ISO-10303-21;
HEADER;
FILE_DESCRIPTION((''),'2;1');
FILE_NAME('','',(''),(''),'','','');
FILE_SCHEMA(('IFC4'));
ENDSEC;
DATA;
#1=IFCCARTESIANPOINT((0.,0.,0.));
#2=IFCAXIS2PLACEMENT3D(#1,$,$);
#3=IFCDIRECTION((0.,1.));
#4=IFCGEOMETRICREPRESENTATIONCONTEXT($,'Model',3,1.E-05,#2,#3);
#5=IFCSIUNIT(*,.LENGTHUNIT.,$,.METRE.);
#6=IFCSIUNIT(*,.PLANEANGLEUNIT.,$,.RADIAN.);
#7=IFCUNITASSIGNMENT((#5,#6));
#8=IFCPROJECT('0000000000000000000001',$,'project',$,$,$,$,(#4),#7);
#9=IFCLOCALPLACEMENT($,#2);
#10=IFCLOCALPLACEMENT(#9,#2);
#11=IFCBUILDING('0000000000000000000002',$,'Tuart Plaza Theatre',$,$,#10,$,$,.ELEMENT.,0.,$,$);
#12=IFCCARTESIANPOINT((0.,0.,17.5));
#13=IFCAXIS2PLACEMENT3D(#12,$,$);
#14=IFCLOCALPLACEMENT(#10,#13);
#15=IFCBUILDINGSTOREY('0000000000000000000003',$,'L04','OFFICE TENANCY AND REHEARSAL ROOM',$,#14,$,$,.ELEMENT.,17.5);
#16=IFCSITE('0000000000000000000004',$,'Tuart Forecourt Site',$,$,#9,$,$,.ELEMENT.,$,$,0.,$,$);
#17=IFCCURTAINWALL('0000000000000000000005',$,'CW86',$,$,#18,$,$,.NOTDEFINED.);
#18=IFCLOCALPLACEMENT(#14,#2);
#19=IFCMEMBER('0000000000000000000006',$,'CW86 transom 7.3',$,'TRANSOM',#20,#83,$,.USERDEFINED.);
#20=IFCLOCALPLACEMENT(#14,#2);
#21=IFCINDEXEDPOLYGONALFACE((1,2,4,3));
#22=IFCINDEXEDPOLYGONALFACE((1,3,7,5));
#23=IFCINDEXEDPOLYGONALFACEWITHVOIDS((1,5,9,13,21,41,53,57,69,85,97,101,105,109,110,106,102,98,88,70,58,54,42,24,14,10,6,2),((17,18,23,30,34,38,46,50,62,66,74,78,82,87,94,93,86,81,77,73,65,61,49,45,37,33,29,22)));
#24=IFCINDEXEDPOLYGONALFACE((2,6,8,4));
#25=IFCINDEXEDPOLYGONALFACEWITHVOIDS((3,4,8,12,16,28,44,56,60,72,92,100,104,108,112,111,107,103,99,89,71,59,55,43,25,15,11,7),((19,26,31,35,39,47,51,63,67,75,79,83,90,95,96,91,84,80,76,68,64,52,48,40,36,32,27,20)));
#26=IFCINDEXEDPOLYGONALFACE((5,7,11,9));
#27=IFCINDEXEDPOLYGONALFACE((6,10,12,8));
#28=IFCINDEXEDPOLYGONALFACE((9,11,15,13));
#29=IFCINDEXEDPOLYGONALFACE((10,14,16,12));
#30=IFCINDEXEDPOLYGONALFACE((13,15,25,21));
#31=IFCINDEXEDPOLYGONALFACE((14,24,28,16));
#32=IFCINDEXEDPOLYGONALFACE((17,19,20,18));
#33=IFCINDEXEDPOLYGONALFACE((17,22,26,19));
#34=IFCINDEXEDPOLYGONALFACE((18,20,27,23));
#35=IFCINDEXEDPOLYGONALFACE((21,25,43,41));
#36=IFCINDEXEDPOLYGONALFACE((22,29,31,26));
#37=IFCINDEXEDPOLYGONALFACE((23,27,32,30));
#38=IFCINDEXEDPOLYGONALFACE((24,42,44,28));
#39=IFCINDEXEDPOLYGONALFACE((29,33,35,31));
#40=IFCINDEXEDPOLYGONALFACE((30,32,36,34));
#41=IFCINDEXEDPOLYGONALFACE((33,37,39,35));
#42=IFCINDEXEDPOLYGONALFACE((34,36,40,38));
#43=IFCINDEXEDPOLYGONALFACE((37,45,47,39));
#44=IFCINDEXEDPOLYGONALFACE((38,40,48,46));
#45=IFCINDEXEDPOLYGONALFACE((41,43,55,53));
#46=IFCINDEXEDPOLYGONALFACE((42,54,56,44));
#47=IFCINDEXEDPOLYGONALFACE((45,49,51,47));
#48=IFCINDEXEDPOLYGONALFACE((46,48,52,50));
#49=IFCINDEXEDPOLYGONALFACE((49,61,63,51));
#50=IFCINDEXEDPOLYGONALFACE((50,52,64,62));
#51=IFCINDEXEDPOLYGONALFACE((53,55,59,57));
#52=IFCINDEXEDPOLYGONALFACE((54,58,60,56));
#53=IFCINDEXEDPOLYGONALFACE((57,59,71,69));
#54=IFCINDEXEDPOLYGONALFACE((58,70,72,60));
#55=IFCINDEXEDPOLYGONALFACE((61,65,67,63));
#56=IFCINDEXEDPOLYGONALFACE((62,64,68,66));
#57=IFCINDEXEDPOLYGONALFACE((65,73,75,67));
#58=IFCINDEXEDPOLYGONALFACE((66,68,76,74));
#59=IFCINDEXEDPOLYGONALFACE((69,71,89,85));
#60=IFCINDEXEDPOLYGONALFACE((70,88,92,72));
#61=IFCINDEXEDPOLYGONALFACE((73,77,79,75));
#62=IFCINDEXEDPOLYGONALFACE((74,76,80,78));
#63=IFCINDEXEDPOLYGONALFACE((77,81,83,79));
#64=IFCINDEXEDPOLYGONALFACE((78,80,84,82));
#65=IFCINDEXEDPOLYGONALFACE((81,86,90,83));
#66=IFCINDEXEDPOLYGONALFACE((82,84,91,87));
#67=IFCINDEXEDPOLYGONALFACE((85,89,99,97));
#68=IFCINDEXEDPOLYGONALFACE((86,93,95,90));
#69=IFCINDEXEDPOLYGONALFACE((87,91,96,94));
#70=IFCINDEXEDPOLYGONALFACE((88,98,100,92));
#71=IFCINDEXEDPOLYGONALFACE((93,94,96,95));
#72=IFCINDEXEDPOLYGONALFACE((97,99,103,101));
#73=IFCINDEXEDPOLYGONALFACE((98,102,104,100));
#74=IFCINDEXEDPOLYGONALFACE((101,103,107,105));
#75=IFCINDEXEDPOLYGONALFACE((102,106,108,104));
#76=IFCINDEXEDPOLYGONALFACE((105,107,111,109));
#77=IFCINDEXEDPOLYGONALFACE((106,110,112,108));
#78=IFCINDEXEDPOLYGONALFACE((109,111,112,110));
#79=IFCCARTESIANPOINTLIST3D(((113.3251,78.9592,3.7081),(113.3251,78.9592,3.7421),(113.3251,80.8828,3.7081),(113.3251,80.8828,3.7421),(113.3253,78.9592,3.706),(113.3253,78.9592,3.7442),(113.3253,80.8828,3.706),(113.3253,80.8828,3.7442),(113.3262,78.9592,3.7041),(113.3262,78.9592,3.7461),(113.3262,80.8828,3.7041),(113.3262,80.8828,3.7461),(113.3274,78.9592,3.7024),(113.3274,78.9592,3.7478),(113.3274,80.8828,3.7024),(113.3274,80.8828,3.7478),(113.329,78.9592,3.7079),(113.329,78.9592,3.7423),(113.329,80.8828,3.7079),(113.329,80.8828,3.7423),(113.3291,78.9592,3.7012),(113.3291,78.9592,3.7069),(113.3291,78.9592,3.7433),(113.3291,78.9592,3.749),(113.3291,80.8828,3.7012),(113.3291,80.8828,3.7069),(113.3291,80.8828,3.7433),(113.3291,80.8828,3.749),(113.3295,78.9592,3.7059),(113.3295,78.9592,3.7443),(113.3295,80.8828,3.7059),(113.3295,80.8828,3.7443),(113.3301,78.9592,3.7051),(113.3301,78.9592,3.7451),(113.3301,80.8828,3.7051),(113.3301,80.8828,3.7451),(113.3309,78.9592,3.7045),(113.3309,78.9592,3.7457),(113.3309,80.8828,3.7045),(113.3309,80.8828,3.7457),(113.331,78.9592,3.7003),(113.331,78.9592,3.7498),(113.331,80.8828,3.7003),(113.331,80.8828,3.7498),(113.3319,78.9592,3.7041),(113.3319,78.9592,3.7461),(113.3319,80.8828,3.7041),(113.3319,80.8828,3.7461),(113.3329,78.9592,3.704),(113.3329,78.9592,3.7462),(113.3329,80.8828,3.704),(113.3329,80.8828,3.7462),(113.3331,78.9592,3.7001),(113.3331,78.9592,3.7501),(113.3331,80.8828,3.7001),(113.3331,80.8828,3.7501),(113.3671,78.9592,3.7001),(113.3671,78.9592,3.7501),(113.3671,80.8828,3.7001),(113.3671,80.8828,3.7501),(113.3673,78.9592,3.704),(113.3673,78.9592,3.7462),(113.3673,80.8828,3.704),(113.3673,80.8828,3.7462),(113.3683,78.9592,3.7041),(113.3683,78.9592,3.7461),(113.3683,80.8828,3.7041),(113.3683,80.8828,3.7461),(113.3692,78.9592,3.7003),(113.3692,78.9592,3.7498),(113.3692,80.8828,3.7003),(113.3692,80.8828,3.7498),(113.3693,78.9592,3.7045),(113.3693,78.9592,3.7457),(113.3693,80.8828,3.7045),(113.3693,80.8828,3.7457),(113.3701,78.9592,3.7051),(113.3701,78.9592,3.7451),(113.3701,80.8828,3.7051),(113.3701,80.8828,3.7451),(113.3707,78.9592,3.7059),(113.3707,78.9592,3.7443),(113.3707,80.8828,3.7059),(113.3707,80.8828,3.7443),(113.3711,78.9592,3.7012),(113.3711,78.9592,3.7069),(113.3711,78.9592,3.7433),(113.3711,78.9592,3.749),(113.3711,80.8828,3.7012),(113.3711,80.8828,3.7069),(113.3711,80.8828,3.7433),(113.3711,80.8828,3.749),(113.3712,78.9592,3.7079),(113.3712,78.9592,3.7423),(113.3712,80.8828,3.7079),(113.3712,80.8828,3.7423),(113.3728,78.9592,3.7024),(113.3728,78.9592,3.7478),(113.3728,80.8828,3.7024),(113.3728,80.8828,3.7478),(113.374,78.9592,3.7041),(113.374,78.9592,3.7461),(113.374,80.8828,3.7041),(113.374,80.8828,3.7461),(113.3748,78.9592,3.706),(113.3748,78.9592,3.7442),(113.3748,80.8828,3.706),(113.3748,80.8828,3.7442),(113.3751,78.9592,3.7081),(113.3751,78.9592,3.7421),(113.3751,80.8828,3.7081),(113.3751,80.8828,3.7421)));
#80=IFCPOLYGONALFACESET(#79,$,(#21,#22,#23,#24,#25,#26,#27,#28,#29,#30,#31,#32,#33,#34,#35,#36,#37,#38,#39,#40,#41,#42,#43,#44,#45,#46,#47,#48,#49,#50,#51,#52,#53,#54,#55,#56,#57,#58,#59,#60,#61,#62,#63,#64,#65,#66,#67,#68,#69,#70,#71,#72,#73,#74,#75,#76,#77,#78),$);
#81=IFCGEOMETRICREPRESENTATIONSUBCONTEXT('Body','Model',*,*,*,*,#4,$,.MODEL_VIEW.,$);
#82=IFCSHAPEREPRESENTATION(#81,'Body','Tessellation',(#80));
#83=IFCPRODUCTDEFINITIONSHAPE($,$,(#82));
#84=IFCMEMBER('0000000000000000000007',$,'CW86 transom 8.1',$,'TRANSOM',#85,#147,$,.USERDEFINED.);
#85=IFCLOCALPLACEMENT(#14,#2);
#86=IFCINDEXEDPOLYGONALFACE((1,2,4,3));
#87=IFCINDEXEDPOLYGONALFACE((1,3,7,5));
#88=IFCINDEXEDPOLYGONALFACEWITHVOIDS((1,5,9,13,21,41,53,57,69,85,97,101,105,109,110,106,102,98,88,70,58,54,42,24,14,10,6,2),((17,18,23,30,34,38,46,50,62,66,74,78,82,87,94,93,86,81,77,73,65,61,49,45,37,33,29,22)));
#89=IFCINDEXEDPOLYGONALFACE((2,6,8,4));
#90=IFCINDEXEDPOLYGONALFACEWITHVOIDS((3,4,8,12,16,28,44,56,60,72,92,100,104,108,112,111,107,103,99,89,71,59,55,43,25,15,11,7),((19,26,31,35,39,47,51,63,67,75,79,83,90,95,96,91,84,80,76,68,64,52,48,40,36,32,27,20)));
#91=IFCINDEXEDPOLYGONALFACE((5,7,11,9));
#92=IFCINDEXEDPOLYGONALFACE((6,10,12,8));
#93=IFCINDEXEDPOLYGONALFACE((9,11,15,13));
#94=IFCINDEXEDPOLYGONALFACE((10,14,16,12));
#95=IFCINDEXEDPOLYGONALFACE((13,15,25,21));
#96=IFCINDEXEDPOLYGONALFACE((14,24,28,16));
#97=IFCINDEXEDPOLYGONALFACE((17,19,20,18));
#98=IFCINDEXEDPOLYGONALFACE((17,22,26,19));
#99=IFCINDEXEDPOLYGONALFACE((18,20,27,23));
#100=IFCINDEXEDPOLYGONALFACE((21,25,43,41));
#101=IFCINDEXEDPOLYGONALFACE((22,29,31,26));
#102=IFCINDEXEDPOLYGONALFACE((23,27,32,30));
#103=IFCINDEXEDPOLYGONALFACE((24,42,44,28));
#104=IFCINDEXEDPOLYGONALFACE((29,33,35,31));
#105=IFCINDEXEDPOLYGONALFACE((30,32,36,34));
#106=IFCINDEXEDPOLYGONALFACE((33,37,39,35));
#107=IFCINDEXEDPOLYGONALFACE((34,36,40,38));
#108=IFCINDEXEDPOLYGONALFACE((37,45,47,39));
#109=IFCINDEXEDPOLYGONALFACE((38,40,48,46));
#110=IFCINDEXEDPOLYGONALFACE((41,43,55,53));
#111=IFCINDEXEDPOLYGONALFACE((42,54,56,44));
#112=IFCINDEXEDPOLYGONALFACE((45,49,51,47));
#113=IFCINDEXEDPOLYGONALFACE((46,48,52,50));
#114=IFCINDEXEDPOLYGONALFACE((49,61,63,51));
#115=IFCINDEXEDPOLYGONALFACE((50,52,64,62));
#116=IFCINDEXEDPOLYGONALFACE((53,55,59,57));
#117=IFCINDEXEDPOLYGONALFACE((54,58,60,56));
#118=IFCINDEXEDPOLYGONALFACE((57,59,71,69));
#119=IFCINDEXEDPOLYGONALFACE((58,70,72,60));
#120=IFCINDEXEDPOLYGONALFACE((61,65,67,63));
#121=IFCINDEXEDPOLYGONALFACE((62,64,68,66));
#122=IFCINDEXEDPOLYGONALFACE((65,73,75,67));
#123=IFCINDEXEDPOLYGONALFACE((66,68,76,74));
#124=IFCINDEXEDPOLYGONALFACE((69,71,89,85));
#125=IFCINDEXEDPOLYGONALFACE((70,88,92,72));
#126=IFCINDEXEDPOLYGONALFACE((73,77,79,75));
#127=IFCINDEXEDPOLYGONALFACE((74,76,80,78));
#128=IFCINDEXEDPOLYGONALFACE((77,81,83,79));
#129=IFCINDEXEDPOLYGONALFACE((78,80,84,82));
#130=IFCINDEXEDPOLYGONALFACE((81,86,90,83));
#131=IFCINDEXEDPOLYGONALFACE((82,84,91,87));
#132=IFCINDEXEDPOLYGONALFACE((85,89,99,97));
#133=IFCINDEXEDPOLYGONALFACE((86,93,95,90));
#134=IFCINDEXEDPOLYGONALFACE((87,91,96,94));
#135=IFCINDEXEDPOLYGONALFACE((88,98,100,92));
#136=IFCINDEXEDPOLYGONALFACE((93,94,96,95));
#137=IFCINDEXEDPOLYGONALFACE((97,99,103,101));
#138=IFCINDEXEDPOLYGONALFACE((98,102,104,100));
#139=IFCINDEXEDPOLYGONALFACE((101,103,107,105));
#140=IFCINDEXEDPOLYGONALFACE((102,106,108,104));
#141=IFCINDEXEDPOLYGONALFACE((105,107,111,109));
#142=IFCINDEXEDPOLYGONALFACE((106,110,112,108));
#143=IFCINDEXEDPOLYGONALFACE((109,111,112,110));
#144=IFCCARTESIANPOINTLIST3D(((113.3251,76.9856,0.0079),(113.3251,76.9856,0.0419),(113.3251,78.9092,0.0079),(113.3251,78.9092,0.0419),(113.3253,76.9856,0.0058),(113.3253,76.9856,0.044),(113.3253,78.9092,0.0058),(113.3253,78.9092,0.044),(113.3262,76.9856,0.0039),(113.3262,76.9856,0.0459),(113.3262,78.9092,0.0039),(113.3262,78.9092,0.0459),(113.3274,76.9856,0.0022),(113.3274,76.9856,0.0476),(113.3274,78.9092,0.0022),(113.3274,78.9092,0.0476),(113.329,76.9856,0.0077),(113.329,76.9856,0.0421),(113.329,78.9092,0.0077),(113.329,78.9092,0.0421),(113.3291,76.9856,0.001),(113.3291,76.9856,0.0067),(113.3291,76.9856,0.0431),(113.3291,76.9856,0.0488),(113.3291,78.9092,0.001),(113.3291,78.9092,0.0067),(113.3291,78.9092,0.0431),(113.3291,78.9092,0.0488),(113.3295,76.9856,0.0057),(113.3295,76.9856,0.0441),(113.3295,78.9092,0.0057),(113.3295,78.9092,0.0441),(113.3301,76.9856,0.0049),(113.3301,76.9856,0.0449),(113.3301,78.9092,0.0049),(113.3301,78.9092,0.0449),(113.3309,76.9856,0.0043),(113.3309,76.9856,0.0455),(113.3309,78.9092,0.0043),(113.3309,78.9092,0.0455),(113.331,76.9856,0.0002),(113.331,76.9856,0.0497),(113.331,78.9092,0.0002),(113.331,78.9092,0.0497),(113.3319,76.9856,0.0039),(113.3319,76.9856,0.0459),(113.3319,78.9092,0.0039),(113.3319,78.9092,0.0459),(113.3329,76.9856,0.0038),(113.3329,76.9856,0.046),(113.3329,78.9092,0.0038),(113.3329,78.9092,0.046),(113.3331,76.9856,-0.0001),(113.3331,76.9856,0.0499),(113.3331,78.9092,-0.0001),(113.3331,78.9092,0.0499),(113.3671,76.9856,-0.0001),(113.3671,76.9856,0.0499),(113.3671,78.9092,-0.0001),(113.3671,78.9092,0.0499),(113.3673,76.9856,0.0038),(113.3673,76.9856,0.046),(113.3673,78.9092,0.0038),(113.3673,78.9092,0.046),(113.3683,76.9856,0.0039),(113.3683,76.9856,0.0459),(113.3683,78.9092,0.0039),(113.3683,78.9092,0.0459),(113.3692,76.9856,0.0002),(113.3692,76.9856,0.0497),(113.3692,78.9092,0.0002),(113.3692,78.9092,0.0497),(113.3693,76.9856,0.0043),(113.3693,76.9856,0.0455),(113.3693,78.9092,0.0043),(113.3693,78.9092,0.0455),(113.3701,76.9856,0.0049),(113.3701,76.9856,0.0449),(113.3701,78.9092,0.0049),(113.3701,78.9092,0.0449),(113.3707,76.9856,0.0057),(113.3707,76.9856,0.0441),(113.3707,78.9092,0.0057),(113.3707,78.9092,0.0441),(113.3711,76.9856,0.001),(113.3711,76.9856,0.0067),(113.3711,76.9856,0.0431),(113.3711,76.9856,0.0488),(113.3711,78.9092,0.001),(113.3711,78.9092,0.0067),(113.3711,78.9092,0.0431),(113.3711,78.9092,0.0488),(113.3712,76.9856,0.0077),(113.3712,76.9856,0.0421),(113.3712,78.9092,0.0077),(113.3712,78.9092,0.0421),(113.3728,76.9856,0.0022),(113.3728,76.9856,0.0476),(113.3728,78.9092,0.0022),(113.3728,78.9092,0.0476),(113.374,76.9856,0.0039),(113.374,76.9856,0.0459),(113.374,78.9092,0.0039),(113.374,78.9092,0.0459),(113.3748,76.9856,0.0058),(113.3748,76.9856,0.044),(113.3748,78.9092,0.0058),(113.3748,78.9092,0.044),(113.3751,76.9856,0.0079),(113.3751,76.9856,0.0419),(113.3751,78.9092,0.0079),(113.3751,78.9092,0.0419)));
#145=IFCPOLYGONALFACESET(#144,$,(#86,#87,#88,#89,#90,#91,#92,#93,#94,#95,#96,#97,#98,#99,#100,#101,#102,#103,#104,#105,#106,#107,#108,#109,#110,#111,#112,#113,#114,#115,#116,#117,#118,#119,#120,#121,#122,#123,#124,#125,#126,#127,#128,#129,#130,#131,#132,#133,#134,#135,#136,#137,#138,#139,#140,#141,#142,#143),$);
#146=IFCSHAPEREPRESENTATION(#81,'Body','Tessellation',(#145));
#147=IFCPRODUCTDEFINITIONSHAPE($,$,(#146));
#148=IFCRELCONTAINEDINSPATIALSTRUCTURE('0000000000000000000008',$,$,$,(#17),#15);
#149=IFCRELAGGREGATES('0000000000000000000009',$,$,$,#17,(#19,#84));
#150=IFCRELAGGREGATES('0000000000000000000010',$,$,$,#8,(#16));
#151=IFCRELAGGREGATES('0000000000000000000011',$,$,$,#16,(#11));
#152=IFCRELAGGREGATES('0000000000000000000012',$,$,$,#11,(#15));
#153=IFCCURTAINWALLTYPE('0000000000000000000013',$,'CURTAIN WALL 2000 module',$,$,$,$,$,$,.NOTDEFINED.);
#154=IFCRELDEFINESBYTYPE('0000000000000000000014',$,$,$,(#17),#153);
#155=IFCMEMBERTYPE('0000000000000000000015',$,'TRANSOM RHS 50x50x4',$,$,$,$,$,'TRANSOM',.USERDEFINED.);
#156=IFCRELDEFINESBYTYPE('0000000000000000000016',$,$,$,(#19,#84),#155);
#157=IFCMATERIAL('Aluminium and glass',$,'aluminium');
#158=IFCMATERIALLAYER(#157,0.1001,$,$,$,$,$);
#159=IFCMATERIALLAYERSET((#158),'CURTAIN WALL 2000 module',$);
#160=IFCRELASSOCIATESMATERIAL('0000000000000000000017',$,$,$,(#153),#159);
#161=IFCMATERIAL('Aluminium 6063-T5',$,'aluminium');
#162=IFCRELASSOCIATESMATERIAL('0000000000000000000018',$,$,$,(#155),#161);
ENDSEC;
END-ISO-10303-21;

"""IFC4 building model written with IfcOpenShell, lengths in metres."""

from ifc_helpers import new_model, si_unit, direction, frame, origin, origin_2d, place, context, subcontext, project, spatial, hollow_rectangle, extrude, material, layer, layer_set, material_profile, profile_set, type_object, element, aggregate, save


model = new_model("IFC4")

# Units and contexts
model_context = context("Model", 3, precision=1e-05, world=origin(), true_north=direction((0.0, 1.0)))
body_context = subcontext(model_context, "Body", "Model", "MODEL_VIEW")
ifc_project = project(units=[si_unit("LENGTHUNIT", "METRE"), si_unit("PLANEANGLEUNIT", "RADIAN")], contexts=[model_context])

# Site, building, storey
site_placement = place(None, origin())
site = spatial("IfcSite", under=ifc_project, at=site_placement, Name="Tuart Forecourt Site", CompositionType="ELEMENT", RefElevation=0.0)
building_placement = place(site_placement, origin())
building = spatial("IfcBuilding", under=site, at=building_placement, Name="Tuart Plaza Theatre", CompositionType="ELEMENT", ElevationOfRefHeight=0.0)
storey_placement = place(building_placement, frame((0.0, 0.0, 17.5)))
storey = spatial("IfcBuildingStorey", under=building, at=storey_placement, Name="L04", Description="OFFICE TENANCY AND REHEARSAL ROOM", CompositionType="ELEMENT", Elevation=17.5)

# Curtain wall, members
ifc_material_1 = material(Name="Aluminium and glass", Category="aluminium")
ifc_layer_1 = layer(ifc_material_1, 0.1001)
ifc_layer_set_1 = layer_set([ifc_layer_1], Name="CURTAIN WALL 2000 module")
curtain_wall_type = type_object("IfcCurtainWallType", Name="CURTAIN WALL 2000 module", PredefinedType="NOTDEFINED", material=ifc_layer_set_1)
curtain_wall_placement = place(storey_placement, origin())
curtain_wall = element("IfcCurtainWall", 1, at=curtain_wall_placement, inside=storey, type_object=curtain_wall_type, Name="CW86", PredefinedType="NOTDEFINED")
ifc_material_2 = material(Name="Aluminium 6063-T5", Category="aluminium")
ifc_material_profile_1 = material_profile(ifc_material_2, hollow_rectangle(XDim=0.05, YDim=0.05, WallThickness=0.0039, InnerFilletRadius=0.0039, OuterFilletRadius=0.0081, at=origin_2d()), Name="RHS 50x50x4")
ifc_profile_set_1 = profile_set([ifc_material_profile_1], Name="Aluminium 6063-T5")
member_type_1 = type_object("IfcMemberType", Name="TRANSOM RHS 50x50x4", ElementType="TRANSOM", PredefinedType="USERDEFINED", material=ifc_profile_set_1)
member_1_placement = place(storey_placement, frame((113.3501, 80.8828, 3.7251), z_axis=(0.0, -1.0, 0.0), x_axis=(1.0, 0.0, 0.0)))
member_1 = element("IfcMember", 2, at=member_1_placement, type_object=member_type_1, Name="CW86 transom 7.3", ObjectType="TRANSOM", PredefinedType="USERDEFINED", context=body_context, shape_type="SweptSolid", body=[
    extrude(hollow_rectangle(XDim=0.05, YDim=0.05, WallThickness=0.0039, InnerFilletRadius=0.0039, OuterFilletRadius=0.0081, at=origin_2d()), origin(), (0.0, 0.0, 1.0), 1.9236),
])
member_2_placement = place(storey_placement, frame((113.3501, 78.9092, 0.0249), z_axis=(0.0, -1.0, 0.0), x_axis=(1.0, 0.0, 0.0)))
member_2 = element("IfcMember", 3, at=member_2_placement, type_object=member_type_1, Name="CW86 transom 8.1", ObjectType="TRANSOM", PredefinedType="USERDEFINED", context=body_context, shape_type="SweptSolid", body=[
    extrude(hollow_rectangle(XDim=0.05, YDim=0.05, WallThickness=0.0039, InnerFilletRadius=0.0039, OuterFilletRadius=0.0081, at=origin_2d()), origin(), (0.0, 0.0, 1.0), 1.9236),
])
aggregate(curtain_wall, [member_1, member_2])

save(model, "model.ifc")
